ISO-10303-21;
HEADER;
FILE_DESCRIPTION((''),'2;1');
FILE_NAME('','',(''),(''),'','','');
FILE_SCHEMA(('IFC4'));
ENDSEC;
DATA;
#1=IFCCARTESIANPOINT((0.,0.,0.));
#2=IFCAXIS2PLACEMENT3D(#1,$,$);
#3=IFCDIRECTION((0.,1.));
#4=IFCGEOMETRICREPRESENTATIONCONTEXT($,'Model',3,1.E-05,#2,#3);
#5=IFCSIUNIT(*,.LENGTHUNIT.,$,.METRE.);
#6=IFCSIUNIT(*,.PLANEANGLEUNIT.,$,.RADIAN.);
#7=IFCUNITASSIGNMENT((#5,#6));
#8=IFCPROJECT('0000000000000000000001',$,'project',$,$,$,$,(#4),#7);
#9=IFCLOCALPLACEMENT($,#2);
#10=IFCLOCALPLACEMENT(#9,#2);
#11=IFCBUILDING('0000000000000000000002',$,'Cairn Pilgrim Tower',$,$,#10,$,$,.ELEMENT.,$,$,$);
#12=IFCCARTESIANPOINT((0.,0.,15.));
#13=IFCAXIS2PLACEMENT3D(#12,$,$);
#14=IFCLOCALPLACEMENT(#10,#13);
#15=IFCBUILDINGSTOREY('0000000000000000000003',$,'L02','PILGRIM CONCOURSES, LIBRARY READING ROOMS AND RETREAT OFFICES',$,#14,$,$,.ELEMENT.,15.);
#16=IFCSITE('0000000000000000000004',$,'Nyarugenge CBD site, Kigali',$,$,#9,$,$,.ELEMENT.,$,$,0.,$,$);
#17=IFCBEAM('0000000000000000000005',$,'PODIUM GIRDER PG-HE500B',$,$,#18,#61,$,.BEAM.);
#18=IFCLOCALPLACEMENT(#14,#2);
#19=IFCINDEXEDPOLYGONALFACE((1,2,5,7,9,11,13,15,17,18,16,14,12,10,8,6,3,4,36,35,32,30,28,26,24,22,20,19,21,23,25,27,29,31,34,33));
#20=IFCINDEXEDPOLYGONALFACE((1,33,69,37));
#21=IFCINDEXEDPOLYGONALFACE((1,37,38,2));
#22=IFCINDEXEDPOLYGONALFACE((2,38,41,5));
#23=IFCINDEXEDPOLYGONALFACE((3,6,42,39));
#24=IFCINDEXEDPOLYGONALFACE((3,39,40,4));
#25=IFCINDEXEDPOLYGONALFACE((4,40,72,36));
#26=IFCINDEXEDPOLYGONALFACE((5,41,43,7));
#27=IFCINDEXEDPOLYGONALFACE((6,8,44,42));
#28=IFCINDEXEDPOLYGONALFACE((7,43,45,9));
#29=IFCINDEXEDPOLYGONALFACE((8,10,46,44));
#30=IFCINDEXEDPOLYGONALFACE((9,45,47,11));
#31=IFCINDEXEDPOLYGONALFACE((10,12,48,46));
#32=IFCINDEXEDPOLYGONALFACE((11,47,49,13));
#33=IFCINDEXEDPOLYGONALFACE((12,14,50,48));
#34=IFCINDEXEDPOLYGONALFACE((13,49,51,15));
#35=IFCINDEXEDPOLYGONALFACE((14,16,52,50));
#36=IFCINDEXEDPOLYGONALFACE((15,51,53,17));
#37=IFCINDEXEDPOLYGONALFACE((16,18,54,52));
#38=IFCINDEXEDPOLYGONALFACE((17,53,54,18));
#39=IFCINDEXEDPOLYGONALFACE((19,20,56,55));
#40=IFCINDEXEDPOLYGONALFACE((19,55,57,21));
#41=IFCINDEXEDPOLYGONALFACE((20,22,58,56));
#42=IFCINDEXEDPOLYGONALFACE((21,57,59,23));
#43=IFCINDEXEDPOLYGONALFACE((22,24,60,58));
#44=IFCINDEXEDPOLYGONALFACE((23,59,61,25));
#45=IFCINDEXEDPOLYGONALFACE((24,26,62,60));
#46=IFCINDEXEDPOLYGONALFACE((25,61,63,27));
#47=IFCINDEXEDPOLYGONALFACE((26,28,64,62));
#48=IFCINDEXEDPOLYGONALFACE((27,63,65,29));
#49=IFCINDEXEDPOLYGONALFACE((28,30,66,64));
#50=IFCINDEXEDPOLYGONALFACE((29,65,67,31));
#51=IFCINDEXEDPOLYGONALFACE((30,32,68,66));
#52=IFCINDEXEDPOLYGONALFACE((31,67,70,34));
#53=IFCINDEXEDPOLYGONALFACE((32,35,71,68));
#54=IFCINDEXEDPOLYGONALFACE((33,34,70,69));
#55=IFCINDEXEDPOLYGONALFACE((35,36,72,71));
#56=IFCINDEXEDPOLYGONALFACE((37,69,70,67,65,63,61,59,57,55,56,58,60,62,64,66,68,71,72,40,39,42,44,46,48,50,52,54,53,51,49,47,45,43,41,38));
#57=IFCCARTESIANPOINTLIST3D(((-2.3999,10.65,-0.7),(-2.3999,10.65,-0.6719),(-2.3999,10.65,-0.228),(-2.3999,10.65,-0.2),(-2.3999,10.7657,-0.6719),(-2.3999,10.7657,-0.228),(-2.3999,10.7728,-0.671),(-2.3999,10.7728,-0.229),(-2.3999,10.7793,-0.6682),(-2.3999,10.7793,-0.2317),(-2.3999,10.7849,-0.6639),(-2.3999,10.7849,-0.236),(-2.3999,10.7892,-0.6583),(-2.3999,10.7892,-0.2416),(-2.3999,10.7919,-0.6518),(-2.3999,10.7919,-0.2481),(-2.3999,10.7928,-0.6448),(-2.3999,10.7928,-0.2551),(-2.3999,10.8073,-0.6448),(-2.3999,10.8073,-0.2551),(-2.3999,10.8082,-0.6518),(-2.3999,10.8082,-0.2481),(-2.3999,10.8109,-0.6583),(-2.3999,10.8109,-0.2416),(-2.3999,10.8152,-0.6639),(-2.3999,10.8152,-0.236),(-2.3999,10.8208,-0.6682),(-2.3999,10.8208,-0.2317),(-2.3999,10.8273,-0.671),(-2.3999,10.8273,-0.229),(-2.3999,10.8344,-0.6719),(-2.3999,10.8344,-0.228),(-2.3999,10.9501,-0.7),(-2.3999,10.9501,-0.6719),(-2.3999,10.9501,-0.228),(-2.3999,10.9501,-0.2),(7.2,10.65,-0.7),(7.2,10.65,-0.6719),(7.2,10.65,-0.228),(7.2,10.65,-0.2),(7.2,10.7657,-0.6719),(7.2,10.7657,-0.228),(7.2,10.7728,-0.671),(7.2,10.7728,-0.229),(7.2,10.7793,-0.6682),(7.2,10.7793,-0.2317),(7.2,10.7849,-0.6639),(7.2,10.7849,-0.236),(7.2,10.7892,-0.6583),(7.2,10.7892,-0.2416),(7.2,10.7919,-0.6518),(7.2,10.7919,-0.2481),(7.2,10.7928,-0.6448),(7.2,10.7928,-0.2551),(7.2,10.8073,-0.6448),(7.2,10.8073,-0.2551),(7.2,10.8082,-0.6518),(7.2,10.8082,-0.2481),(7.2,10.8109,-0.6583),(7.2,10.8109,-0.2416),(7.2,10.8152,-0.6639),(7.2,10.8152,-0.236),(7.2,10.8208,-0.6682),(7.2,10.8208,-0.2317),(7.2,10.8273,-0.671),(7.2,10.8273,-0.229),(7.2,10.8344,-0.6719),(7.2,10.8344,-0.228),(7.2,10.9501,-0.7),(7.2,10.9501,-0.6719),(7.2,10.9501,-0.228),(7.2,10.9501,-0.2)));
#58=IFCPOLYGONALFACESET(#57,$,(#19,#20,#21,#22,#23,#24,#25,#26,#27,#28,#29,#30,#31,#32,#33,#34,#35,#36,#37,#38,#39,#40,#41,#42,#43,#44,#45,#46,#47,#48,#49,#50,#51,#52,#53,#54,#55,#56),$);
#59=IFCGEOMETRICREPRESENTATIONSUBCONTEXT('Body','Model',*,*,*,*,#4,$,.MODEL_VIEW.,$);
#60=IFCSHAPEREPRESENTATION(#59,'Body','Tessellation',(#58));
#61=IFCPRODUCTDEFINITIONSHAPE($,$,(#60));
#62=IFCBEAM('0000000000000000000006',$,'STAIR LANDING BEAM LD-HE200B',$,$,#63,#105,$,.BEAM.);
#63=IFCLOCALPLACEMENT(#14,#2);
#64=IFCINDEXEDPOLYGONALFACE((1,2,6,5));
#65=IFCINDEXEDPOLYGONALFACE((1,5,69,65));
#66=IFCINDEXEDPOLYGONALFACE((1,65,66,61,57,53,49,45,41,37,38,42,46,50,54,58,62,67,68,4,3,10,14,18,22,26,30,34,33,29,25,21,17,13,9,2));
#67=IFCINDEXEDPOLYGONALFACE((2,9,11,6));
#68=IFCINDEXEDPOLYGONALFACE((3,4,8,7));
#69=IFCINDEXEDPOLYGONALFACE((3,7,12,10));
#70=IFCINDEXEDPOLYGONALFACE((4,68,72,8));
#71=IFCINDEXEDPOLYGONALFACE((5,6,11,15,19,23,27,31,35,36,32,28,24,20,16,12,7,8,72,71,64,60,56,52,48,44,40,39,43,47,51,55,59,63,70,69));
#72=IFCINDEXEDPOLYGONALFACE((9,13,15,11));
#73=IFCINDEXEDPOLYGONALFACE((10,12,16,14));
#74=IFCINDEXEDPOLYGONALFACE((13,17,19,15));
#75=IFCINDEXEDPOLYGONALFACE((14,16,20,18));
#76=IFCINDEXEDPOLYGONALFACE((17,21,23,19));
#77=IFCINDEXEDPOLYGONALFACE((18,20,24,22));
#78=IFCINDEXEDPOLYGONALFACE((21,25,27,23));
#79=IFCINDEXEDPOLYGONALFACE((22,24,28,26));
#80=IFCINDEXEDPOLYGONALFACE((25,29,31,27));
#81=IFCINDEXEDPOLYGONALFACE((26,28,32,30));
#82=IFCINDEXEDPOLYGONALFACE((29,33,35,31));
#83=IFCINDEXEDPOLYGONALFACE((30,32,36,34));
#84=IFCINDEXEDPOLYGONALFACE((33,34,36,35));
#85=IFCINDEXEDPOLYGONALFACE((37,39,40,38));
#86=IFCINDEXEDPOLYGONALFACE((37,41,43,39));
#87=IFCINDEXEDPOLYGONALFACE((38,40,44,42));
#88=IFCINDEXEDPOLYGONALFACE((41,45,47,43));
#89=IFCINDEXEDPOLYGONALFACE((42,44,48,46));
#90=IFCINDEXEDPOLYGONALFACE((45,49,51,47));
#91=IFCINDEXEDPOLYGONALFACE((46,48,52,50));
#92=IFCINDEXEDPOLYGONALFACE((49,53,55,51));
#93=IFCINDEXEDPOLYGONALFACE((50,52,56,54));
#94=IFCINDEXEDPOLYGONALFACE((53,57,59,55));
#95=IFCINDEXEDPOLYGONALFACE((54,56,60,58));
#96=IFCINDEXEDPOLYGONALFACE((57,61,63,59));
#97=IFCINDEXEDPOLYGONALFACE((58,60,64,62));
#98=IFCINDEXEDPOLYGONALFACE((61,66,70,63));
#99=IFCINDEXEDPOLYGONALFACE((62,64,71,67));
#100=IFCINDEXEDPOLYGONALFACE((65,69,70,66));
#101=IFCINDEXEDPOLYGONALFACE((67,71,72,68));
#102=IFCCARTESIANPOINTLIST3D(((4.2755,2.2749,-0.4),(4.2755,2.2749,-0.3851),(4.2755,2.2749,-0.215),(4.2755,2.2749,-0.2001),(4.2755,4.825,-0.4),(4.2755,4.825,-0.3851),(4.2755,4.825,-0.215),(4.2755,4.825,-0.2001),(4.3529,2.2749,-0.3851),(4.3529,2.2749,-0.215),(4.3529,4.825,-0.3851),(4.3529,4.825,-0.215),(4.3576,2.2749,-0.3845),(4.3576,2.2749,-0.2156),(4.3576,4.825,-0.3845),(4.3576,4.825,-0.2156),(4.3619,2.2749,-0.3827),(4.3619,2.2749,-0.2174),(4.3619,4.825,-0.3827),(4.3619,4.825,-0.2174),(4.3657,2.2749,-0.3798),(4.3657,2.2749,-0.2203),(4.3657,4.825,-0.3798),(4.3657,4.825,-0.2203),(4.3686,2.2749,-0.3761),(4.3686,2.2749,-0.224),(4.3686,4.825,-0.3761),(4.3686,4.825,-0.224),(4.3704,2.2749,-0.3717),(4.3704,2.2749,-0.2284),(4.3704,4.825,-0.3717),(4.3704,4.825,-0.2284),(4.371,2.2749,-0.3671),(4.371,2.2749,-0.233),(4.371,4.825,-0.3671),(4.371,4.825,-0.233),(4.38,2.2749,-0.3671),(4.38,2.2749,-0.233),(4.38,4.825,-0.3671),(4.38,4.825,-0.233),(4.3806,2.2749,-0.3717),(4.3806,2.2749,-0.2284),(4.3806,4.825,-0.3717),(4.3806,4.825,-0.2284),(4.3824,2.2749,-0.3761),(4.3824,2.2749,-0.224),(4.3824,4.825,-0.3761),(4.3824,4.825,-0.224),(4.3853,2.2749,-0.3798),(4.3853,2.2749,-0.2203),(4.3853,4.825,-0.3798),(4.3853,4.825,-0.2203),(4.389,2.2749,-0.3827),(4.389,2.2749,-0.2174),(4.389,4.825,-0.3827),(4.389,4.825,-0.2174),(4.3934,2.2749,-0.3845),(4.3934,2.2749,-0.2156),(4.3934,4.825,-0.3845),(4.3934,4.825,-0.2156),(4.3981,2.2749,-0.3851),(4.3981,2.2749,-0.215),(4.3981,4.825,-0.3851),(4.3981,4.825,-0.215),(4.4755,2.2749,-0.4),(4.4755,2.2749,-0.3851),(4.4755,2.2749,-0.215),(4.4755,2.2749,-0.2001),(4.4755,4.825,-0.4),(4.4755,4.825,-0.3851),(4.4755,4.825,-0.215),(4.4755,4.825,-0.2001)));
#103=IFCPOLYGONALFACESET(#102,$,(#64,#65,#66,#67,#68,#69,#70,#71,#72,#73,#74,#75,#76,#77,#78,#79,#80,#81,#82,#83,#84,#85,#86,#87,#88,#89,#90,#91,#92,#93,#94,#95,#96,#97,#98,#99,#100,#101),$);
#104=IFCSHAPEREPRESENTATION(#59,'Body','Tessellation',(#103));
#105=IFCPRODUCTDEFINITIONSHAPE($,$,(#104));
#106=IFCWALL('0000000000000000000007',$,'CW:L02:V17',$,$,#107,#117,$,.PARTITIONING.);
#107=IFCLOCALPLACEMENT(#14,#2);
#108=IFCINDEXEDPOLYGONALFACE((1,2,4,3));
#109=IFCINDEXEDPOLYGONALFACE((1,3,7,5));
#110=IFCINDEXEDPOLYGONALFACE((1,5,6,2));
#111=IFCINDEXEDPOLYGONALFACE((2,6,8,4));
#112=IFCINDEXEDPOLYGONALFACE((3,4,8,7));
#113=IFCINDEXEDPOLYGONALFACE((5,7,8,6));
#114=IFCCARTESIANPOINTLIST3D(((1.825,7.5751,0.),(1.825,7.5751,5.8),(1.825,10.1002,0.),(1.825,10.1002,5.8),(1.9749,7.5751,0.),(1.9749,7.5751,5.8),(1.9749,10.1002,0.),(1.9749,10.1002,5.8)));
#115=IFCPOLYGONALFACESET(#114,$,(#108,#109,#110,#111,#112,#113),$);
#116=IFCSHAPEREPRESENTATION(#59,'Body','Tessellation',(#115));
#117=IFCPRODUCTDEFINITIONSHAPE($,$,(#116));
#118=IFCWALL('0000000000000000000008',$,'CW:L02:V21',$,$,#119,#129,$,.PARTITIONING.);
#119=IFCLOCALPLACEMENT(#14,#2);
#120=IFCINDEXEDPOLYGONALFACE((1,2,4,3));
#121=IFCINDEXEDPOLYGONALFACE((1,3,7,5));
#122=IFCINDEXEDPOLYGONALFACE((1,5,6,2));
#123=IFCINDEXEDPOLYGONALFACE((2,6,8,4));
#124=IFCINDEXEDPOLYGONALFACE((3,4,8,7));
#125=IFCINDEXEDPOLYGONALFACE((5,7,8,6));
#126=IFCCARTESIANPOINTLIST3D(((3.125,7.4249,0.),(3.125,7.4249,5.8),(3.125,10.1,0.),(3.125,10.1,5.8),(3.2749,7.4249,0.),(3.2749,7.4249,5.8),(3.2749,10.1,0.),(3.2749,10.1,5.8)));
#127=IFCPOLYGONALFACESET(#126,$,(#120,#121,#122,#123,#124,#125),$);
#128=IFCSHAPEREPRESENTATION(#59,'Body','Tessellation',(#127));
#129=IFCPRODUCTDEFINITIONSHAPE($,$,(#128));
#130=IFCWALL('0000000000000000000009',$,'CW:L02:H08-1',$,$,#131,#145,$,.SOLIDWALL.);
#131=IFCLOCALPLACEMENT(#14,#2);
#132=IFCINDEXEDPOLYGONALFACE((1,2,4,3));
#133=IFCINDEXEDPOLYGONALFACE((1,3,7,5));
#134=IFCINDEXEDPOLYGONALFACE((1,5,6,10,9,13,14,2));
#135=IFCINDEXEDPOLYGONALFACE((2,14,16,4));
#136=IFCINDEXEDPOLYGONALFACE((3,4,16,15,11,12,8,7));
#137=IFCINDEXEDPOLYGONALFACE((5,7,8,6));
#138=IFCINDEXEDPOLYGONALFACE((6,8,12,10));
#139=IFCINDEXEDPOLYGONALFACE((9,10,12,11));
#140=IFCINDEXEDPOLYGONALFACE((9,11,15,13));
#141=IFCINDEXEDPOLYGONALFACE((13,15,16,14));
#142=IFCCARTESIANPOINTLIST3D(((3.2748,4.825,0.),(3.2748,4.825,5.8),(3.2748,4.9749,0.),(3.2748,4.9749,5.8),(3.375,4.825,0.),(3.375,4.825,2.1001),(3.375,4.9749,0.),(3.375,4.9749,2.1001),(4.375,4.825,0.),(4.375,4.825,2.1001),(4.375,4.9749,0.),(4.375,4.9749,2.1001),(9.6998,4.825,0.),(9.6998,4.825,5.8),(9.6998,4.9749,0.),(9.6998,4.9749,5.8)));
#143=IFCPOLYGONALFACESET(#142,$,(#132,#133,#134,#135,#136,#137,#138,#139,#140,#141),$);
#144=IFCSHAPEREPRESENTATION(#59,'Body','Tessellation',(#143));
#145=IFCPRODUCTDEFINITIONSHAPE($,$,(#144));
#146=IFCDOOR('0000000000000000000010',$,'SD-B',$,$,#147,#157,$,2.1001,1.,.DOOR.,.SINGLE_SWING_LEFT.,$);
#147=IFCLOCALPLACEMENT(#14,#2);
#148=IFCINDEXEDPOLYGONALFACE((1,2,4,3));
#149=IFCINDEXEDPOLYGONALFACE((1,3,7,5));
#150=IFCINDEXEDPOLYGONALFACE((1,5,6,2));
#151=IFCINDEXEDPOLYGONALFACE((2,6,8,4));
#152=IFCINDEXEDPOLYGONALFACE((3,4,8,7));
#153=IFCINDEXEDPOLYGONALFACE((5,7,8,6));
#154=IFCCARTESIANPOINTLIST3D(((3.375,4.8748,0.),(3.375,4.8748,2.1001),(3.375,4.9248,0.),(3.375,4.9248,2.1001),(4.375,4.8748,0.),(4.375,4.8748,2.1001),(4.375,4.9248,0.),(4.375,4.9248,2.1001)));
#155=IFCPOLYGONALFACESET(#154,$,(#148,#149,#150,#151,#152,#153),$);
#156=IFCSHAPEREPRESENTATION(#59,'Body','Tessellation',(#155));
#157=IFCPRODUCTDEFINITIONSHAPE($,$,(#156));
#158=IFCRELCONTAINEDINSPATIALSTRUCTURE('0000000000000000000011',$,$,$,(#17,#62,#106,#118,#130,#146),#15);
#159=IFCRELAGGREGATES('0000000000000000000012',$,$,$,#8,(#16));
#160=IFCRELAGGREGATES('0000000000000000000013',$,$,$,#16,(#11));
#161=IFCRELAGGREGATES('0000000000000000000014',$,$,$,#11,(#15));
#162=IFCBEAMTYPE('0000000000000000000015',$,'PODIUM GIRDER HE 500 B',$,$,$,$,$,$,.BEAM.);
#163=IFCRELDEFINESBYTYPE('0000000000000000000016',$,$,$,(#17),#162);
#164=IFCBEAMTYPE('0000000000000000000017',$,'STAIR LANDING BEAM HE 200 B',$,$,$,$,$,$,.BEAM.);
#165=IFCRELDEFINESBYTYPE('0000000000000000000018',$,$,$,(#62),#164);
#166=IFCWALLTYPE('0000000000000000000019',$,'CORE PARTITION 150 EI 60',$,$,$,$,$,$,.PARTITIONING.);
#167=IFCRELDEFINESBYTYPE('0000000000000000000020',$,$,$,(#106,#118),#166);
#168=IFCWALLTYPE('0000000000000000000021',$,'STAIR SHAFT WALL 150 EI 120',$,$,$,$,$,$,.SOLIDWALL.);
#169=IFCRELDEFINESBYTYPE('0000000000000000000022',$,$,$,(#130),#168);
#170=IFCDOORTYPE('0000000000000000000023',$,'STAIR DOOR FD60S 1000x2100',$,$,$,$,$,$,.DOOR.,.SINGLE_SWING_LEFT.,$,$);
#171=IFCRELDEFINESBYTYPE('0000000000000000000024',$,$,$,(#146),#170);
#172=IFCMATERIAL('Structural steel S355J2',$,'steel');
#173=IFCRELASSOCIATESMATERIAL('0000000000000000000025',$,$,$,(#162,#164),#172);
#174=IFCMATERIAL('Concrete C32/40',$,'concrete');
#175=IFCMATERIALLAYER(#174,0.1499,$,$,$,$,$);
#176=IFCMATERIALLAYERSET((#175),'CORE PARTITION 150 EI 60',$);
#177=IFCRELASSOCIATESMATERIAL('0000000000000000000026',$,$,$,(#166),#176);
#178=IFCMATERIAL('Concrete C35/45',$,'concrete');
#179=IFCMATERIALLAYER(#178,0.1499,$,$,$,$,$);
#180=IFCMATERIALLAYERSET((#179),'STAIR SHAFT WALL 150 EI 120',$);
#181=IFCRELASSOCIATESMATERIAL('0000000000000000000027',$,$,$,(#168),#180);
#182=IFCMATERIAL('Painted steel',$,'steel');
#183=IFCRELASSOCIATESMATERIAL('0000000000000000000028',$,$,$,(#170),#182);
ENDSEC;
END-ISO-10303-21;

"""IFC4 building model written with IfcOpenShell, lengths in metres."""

from ifc_helpers import new_model, si_unit, direction, frame, frame_2d, origin, origin_2d, place, context, subcontext, project, spatial, rectangle, i_section, extrude, material, layer, layer_set, material_profile, profile_set, type_object, element, fill, save


model = new_model("IFC4")

# Units and contexts
model_context = context("Model", 3, precision=1e-05, world=origin(), true_north=direction((0.0, 1.0)))
body_context = subcontext(model_context, "Body", "Model", "MODEL_VIEW")
ifc_project = project(units=[si_unit("LENGTHUNIT", "METRE"), si_unit("PLANEANGLEUNIT", "RADIAN")], contexts=[model_context])

# Site, building, storey
site_placement = place(None, origin())
site = spatial("IfcSite", under=ifc_project, at=site_placement, Name="Nyarugenge CBD site, Kigali", CompositionType="ELEMENT", RefElevation=0.0)
building_placement = place(site_placement, origin())
building = spatial("IfcBuilding", under=site, at=building_placement, Name="Cairn Pilgrim Tower", CompositionType="ELEMENT")
storey_placement = place(building_placement, frame((0.0, 0.0, 15.0)))
storey = spatial("IfcBuildingStorey", under=building, at=storey_placement, Name="L02", Description="PILGRIM CONCOURSES, LIBRARY READING ROOMS AND RETREAT OFFICES", CompositionType="ELEMENT", Elevation=15.0)

# Beams
ifc_material_1 = material(Name="Structural steel S355J2", Category="steel")
ifc_material_profile_1 = material_profile(ifc_material_1, i_section(OverallWidth=0.3, OverallDepth=0.5, WebThickness=0.0144, FlangeThickness=0.0281, FilletRadius=0.0271, at=origin_2d()), Name="HEB 500")
ifc_profile_set_1 = profile_set([ifc_material_profile_1], Name="Structural steel S355J2")
beam_type_1 = type_object("IfcBeamType", Name="PODIUM GIRDER HE 500 B", PredefinedType="BEAM", material=ifc_profile_set_1)
beam_1_placement = place(storey_placement, frame((7.2, 10.8, -0.45), z_axis=(-1.0, 0.0, 0.0), x_axis=(0.0, -1.0, 0.0)))
element("IfcBeam", 1, at=beam_1_placement, inside=storey, type_object=beam_type_1, Name="PODIUM GIRDER PG-HE500B", PredefinedType="BEAM", context=body_context, shape_type="SweptSolid", body=[
    extrude(i_section(OverallWidth=0.3, OverallDepth=0.5, WebThickness=0.0144, FlangeThickness=0.0281, FilletRadius=0.0271, at=origin_2d()), origin(), (0.0, 0.0, 1.0), 9.5999),
])
ifc_material_profile_2 = material_profile(ifc_material_1, i_section(OverallWidth=0.2, OverallDepth=0.2, WebThickness=0.009, FlangeThickness=0.0149, FilletRadius=0.0181, at=origin_2d()), Name="HE 200 B")
ifc_profile_set_2 = profile_set([ifc_material_profile_2], Name="Structural steel S355J2")
beam_type_2 = type_object("IfcBeamType", Name="STAIR LANDING BEAM HE 200 B", PredefinedType="BEAM", material=ifc_profile_set_2)
beam_2_placement = place(storey_placement, frame((4.3755, 2.2749, -0.3), z_axis=(0.0, 1.0, 0.0), x_axis=(-1.0, 0.0, 0.0)))
element("IfcBeam", 2, at=beam_2_placement, inside=storey, type_object=beam_type_2, Name="STAIR LANDING BEAM LD-HE200B", PredefinedType="BEAM", context=body_context, shape_type="SweptSolid", body=[
    extrude(i_section(OverallWidth=0.2, OverallDepth=0.2, WebThickness=0.009, FlangeThickness=0.0149, FilletRadius=0.0181, at=origin_2d()), origin(), (0.0, 0.0, 1.0), 2.55),
])

# Walls
ifc_material_2 = material(Name="Concrete C32/40", Category="concrete")
ifc_layer_1 = layer(ifc_material_2, 0.1499)
ifc_layer_set_1 = layer_set([ifc_layer_1], Name="CORE PARTITION 150 EI 60")
wall_type_1 = type_object("IfcWallType", Name="CORE PARTITION 150 EI 60", PredefinedType="PARTITIONING", material=ifc_layer_set_1)
wall_1_placement = place(storey_placement, frame((1.8999, 7.575, 0.0), z_axis=(0.0, 0.0, 1.0), x_axis=(0.0, 1.0, 0.0)))
element("IfcWall", 3, at=wall_1_placement, inside=storey, type_object=wall_type_1, Name="CW:L02:V17", PredefinedType="PARTITIONING", context=body_context, shape_type="SweptSolid", body=[
    extrude(rectangle(XDim=2.5251, YDim=0.1499, at=frame_2d((1.2627, 0.0))), origin(), (0.0, 0.0, 1.0), 5.8),
])
wall_2_placement = place(storey_placement, frame((3.2, 7.425, 0.0), z_axis=(0.0, 0.0, 1.0), x_axis=(0.0, 1.0, 0.0)))
element("IfcWall", 4, at=wall_2_placement, inside=storey, type_object=wall_type_1, Name="CW:L02:V21", PredefinedType="PARTITIONING", context=body_context, shape_type="SweptSolid", body=[
    extrude(rectangle(XDim=2.675, YDim=0.1499, at=frame_2d((1.3374, 0.0))), origin(), (0.0, 0.0, 1.0), 5.8),
])

# Wall, opening, door
ifc_material_3 = material(Name="Concrete C35/45", Category="concrete")
ifc_layer_2 = layer(ifc_material_3, 0.1499)
ifc_layer_set_2 = layer_set([ifc_layer_2], Name="STAIR SHAFT WALL 150 EI 120")
wall_type_2 = type_object("IfcWallType", Name="STAIR SHAFT WALL 150 EI 120", PredefinedType="SOLIDWALL", material=ifc_layer_set_2)
wall_3_placement = place(storey_placement, frame((3.2749, 4.8999, 0.0), z_axis=(0.0, 0.0, 1.0), x_axis=(1.0, 0.0, 0.0)))
wall_3 = element("IfcWall", 5, at=wall_3_placement, inside=storey, type_object=wall_type_2, Name="CW:L02:H08-1", PredefinedType="SOLIDWALL", context=body_context, shape_type="SweptSolid", body=[
    extrude(rectangle(XDim=6.425, YDim=0.1499, at=frame_2d((3.2124, 0.0))), origin(), (0.0, 0.0, 1.0), 5.8),
])
opening_1_placement = place(wall_3_placement, frame((0.1001, 0.0, 0.0)))
opening_1 = element("IfcOpeningElement", 6, at=opening_1_placement, cuts=wall_3, PredefinedType="OPENING", context=body_context, shape_type="SweptSolid", body=[
    extrude(rectangle(XDim=1.0, YDim=2.1001, at=frame_2d((0.5, 1.05))), frame((0.0, 0.085, 0.0), z_axis=(0.0, -1.0, 0.0), x_axis=(1.0, 0.0, 0.0)), (0.0, 0.0, 1.0), 0.1699),
])
ifc_material_4 = material(Name="Painted steel", Category="steel")
door_type = type_object("IfcDoorType", Name="STAIR DOOR FD60S 1000x2100", OperationType="SINGLE_SWING_LEFT", PredefinedType="DOOR", material=ifc_material_4)
door_1_placement = place(opening_1_placement, origin())
door_1 = element("IfcDoor", 7, at=door_1_placement, inside=storey, type_object=door_type, Name="SD-B", OperationType="SINGLE_SWING_LEFT", OverallHeight=2.1001, OverallWidth=1.0, PredefinedType="DOOR", context=body_context, shape_type="SweptSolid", body=[
    extrude(rectangle(XDim=1.0, YDim=2.1001, at=frame_2d((0.5, 1.05))), frame((0.0, 0.0249, 0.0), z_axis=(0.0, -1.0, 0.0), x_axis=(1.0, 0.0, 0.0)), (0.0, 0.0, 1.0), 0.05),
])
fill(opening_1, door_1)

save(model, "model.ifc")
